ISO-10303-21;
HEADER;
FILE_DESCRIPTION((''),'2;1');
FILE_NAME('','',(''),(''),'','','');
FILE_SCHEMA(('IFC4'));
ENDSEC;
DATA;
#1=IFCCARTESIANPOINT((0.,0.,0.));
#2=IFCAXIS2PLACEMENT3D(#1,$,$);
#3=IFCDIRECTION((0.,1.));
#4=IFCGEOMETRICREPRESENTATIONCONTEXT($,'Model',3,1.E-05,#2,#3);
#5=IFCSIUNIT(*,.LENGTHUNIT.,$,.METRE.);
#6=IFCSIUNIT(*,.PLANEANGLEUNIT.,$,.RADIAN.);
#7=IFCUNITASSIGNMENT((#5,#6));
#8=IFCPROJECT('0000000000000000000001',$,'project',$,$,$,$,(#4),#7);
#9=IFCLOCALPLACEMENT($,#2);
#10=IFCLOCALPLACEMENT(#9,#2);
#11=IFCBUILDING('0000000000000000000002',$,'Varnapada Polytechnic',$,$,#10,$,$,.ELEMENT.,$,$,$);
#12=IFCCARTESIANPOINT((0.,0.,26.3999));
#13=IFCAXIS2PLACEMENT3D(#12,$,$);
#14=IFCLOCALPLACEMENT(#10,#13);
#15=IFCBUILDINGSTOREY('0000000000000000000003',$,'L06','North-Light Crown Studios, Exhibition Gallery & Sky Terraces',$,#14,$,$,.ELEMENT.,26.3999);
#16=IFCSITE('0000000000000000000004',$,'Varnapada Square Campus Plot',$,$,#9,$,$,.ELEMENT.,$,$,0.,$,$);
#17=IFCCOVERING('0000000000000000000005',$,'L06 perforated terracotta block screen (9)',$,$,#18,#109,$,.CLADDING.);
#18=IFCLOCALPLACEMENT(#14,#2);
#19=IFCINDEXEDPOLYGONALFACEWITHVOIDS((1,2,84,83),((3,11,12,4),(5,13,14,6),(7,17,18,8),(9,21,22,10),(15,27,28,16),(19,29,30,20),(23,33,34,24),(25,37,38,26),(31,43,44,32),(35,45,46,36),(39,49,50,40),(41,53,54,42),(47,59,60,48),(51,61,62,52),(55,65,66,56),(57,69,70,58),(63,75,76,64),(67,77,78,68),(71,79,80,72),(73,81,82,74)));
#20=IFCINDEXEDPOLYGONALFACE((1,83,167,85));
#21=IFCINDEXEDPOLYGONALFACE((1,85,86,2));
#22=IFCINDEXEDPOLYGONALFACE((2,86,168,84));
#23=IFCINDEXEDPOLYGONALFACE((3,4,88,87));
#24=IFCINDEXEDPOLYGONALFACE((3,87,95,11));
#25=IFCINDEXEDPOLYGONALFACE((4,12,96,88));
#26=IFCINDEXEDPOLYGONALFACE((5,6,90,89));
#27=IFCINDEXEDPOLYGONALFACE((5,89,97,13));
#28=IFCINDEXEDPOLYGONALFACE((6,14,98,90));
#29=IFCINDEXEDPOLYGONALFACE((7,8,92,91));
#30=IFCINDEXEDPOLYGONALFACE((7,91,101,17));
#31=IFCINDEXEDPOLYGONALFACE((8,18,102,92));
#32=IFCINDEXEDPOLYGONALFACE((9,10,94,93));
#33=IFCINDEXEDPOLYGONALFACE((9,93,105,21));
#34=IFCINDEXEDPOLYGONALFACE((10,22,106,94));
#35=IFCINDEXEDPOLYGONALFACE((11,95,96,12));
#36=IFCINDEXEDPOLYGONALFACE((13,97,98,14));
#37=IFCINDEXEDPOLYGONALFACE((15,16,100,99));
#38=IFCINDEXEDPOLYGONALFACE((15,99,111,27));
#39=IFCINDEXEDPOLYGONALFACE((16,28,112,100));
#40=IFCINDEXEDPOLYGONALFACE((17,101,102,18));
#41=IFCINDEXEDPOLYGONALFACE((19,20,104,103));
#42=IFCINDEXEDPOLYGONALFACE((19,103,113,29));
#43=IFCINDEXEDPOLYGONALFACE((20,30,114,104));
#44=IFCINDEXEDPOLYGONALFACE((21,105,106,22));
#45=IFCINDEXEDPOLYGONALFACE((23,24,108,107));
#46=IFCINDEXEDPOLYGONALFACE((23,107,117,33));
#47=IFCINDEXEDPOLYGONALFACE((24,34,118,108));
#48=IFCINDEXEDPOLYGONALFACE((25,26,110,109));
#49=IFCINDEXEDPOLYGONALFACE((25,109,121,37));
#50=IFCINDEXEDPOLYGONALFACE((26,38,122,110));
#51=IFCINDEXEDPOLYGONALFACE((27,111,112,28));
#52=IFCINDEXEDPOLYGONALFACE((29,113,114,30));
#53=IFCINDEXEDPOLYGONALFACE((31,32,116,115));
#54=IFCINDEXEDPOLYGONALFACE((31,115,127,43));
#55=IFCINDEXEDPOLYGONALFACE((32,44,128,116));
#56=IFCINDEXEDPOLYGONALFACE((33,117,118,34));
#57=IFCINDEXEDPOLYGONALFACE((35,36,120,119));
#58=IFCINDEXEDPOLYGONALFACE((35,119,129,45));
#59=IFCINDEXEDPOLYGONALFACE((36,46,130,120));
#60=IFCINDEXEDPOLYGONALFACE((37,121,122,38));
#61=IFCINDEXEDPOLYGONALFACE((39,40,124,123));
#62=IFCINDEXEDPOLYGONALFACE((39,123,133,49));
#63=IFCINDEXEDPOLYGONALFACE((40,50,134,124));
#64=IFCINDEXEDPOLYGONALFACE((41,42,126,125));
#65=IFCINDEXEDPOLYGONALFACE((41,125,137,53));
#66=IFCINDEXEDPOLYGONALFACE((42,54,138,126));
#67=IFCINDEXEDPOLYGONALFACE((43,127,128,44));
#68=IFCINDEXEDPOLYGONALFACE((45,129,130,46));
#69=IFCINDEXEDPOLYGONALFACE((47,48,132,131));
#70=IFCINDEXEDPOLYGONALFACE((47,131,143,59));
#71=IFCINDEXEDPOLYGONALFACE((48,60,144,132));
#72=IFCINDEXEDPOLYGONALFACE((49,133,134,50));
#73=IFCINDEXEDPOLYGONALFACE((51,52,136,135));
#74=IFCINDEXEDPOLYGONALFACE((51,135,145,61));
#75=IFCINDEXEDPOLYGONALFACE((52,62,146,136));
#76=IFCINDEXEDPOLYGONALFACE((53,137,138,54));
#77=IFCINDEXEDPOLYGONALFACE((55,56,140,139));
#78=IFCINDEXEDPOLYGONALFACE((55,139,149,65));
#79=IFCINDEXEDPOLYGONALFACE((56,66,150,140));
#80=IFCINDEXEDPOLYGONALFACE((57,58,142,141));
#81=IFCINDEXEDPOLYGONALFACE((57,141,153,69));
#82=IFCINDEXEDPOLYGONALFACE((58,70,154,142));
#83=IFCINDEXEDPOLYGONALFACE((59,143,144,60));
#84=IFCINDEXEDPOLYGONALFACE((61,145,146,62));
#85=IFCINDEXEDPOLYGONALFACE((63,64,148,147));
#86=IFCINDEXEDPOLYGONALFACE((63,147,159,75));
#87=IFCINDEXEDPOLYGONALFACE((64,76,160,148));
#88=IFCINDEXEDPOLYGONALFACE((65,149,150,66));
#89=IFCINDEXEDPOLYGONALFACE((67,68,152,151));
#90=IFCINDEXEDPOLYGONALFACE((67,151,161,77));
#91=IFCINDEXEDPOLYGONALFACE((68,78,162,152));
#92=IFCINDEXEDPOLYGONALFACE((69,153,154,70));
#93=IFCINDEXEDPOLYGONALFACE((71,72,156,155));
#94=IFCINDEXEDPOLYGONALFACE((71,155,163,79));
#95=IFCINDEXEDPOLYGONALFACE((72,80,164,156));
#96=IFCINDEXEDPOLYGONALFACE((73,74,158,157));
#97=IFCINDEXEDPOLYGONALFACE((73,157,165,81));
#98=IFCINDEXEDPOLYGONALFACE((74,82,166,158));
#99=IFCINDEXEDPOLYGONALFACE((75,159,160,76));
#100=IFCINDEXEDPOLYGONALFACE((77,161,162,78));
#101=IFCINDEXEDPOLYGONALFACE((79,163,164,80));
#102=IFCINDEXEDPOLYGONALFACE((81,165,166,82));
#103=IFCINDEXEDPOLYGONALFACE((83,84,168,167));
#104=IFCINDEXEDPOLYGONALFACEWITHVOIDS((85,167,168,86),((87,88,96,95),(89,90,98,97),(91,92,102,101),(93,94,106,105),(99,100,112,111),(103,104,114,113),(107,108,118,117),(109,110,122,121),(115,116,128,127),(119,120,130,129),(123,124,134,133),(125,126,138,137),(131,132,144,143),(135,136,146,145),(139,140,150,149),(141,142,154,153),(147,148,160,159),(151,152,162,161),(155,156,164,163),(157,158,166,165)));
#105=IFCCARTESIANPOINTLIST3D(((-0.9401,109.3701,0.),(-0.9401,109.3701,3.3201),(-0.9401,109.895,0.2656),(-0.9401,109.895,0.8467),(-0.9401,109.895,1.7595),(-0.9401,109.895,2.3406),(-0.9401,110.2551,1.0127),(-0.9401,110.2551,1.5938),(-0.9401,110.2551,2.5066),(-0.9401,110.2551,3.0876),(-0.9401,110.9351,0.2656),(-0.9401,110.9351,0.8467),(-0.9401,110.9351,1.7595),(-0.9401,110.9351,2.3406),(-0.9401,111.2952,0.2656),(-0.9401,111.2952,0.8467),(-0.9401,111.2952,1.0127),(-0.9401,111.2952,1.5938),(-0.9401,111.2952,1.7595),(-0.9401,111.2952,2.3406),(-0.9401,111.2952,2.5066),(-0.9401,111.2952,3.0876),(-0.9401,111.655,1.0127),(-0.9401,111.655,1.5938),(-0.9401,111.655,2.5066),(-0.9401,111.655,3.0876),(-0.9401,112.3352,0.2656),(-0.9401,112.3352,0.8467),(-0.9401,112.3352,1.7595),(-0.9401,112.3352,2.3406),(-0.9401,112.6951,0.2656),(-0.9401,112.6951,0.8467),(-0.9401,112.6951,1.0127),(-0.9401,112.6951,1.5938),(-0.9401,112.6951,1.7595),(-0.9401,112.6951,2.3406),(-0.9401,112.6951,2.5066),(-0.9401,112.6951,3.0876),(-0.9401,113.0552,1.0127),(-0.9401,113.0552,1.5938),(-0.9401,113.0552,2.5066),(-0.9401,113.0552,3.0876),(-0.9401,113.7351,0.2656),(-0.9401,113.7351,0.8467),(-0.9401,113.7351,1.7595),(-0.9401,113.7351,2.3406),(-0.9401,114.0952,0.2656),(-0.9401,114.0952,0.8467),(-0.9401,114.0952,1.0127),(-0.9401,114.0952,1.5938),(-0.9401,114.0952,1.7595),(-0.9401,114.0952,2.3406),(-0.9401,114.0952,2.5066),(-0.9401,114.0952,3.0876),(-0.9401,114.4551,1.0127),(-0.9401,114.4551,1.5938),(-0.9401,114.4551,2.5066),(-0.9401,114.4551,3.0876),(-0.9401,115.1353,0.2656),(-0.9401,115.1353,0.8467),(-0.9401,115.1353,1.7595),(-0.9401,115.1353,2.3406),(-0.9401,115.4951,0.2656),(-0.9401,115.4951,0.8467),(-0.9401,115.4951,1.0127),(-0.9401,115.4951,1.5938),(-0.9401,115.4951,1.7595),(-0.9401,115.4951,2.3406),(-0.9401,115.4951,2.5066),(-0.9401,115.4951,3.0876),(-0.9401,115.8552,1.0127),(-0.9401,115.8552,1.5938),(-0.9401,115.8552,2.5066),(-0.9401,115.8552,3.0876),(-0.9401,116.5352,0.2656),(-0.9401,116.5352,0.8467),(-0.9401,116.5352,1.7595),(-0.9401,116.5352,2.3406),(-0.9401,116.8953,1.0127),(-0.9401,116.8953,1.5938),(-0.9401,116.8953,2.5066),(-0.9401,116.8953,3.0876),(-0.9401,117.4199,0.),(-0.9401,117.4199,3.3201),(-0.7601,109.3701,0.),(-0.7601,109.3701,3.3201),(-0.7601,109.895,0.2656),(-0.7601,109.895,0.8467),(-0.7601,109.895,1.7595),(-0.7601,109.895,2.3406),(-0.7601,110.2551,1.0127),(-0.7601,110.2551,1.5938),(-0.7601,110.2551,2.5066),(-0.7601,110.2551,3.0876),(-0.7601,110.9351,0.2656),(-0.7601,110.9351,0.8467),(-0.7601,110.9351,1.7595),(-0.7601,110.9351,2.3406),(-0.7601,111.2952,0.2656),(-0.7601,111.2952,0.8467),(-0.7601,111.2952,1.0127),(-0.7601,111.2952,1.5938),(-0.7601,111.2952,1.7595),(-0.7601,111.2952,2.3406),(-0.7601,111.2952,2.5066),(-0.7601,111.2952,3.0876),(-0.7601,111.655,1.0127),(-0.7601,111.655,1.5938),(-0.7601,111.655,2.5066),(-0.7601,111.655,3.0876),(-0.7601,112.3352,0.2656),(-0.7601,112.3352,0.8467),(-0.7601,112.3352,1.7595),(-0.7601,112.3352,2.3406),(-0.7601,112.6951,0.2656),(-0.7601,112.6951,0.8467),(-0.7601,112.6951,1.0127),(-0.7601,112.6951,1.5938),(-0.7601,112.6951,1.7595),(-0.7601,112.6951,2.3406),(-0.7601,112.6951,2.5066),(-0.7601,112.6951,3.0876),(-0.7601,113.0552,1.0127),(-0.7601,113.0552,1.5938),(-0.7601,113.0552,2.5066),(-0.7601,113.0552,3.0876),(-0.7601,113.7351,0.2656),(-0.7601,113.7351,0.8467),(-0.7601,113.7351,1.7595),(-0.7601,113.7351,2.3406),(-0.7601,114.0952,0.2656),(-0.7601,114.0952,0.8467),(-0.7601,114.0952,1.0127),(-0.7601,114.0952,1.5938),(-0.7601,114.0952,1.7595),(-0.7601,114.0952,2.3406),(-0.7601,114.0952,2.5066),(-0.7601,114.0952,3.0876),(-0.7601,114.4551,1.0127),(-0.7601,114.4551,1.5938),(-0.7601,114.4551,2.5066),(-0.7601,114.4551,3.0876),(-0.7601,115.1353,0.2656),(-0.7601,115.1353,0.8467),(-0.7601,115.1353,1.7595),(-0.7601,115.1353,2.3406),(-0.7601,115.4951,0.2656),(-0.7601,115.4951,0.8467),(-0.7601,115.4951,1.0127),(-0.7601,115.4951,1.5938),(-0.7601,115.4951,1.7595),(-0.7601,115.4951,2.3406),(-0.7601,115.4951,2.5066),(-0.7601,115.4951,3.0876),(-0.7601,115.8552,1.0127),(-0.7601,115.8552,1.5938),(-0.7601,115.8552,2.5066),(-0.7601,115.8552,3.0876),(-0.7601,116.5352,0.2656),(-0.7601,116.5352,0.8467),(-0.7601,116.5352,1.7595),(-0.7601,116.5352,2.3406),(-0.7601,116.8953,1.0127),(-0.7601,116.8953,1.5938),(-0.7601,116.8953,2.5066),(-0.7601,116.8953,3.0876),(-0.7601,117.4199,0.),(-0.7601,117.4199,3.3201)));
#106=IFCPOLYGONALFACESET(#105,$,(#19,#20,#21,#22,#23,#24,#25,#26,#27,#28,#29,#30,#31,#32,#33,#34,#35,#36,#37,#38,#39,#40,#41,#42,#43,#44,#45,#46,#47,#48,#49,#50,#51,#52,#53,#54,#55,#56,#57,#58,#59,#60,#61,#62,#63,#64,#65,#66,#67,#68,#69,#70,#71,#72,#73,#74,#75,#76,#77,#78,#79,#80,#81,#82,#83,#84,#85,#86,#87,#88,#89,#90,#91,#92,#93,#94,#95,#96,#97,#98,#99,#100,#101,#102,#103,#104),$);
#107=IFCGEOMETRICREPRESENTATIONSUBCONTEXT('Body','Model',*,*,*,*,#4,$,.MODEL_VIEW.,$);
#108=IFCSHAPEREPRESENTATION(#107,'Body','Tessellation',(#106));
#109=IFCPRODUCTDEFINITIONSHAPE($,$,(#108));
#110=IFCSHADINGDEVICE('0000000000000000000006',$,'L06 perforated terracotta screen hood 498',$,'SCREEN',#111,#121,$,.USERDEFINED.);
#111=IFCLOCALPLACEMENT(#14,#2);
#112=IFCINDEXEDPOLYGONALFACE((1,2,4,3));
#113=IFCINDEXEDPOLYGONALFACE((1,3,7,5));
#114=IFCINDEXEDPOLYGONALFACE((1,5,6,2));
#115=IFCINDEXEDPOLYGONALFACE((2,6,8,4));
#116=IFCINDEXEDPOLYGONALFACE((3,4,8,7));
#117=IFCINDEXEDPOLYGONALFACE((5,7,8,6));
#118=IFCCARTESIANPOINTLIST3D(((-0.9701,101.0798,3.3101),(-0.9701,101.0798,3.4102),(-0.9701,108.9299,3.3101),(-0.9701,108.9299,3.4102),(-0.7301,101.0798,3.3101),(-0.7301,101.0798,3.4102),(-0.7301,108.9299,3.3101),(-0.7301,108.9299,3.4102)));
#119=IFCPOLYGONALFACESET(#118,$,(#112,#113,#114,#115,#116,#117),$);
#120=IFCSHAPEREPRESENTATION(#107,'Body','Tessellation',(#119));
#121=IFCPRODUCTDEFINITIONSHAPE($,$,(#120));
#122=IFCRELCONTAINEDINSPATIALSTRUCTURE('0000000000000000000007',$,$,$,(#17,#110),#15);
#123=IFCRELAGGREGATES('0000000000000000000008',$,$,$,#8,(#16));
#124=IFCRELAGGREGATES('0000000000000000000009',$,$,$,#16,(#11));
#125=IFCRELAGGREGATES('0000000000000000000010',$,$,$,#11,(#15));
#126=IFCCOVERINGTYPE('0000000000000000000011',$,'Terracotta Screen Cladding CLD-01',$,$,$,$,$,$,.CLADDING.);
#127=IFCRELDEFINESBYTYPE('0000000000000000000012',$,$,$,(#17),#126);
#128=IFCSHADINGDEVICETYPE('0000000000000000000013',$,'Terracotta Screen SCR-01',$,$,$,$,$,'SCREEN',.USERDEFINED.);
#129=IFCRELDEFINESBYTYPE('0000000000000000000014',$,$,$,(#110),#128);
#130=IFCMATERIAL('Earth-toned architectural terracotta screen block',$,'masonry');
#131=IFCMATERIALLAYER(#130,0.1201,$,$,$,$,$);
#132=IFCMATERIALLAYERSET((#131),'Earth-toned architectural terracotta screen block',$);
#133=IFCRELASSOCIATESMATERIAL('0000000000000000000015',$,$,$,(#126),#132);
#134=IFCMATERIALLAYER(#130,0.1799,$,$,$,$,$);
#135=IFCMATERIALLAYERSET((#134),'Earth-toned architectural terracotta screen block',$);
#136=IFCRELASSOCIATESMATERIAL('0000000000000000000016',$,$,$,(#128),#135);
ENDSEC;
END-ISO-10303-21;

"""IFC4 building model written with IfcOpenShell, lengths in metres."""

from ifc_helpers import new_model, si_unit, direction, frame, frame_2d, origin, origin_2d, place, context, subcontext, project, spatial, rectangle, extrude, material, layer, layer_set, type_object, element, save


model = new_model("IFC4")

# Units and contexts
model_context = context("Model", 3, precision=1e-05, world=origin(), true_north=direction((0.0, 1.0)))
body_context = subcontext(model_context, "Body", "Model", "MODEL_VIEW")
ifc_project = project(units=[si_unit("LENGTHUNIT", "METRE"), si_unit("PLANEANGLEUNIT", "RADIAN")], contexts=[model_context])

# Site, building, storey
site_placement = place(None, origin())
site = spatial("IfcSite", under=ifc_project, at=site_placement, Name="Varnapada Square Campus Plot", CompositionType="ELEMENT", RefElevation=0.0)
building_placement = place(site_placement, origin())
building = spatial("IfcBuilding", under=site, at=building_placement, Name="Varnapada Polytechnic", CompositionType="ELEMENT")
storey_placement = place(building_placement, frame((0.0, 0.0, 26.3999)))
storey = spatial("IfcBuildingStorey", under=building, at=storey_placement, Name="L06", Description="North-Light Crown Studios, Exhibition Gallery & Sky Terraces", CompositionType="ELEMENT", Elevation=26.3999)

# Covering, openings
ifc_material_1 = material(Name="Earth-toned architectural terracotta screen block", Category="masonry")
ifc_layer_1 = layer(ifc_material_1, 0.1201)
ifc_layer_set_1 = layer_set([ifc_layer_1], Name="Earth-toned architectural terracotta screen block")
covering_type = type_object("IfcCoveringType", Name="Terracotta Screen Cladding CLD-01", PredefinedType="CLADDING", material=ifc_layer_set_1)
covering_placement = place(storey_placement, frame((-0.8501, 109.3701, 0.0), z_axis=(0.0, 0.0, 1.0), x_axis=(0.0, 1.0, 0.0)))
covering = element("IfcCovering", 1, at=covering_placement, inside=storey, type_object=covering_type, Name="L06 perforated terracotta block screen (9)", PredefinedType="CLADDING", context=body_context, shape_type="SweptSolid", body=[
    extrude(rectangle(XDim=8.0498, YDim=0.1799, at=frame_2d((4.0249, 0.0))), origin(), (0.0, 0.0, 1.0), 3.3201),
])
opening_1_placement = place(covering_placement, frame((0.5249, 0.0, 0.2656)))
element("IfcOpeningElement", 2, at=opening_1_placement, cuts=covering, PredefinedType="OPENING", context=body_context, shape_type="SweptSolid", body=[
    extrude(rectangle(XDim=1.04, YDim=0.5811, at=frame_2d((0.52, 0.2905))), frame((0.0, 0.0999, 0.0), z_axis=(0.0, -1.0, 0.0), x_axis=(1.0, 0.0, 0.0)), (0.0, 0.0, 1.0), 0.2),
])
opening_2_placement = place(covering_placement, frame((1.925, 0.0, 0.2656)))
element("IfcOpeningElement", 3, at=opening_2_placement, cuts=covering, PredefinedType="OPENING", context=body_context, shape_type="SweptSolid", body=[
    extrude(rectangle(XDim=1.04, YDim=0.5811, at=frame_2d((0.52, 0.2905))), frame((0.0, 0.0999, 0.0), z_axis=(0.0, -1.0, 0.0), x_axis=(1.0, 0.0, 0.0)), (0.0, 0.0, 1.0), 0.2),
])
opening_3_placement = place(covering_placement, frame((3.325, 0.0, 0.2656)))
element("IfcOpeningElement", 4, at=opening_3_placement, cuts=covering, PredefinedType="OPENING", context=body_context, shape_type="SweptSolid", body=[
    extrude(rectangle(XDim=1.04, YDim=0.5811, at=frame_2d((0.52, 0.2905))), frame((0.0, 0.0999, 0.0), z_axis=(0.0, -1.0, 0.0), x_axis=(1.0, 0.0, 0.0)), (0.0, 0.0, 1.0), 0.2),
])
opening_4_placement = place(covering_placement, frame((4.7251, 0.0, 0.2656)))
element("IfcOpeningElement", 5, at=opening_4_placement, cuts=covering, PredefinedType="OPENING", context=body_context, shape_type="SweptSolid", body=[
    extrude(rectangle(XDim=1.04, YDim=0.5811, at=frame_2d((0.52, 0.2905))), frame((0.0, 0.0999, 0.0), z_axis=(0.0, -1.0, 0.0), x_axis=(1.0, 0.0, 0.0)), (0.0, 0.0, 1.0), 0.2),
])
opening_5_placement = place(covering_placement, frame((6.125, 0.0, 0.2656)))
element("IfcOpeningElement", 6, at=opening_5_placement, cuts=covering, PredefinedType="OPENING", context=body_context, shape_type="SweptSolid", body=[
    extrude(rectangle(XDim=1.04, YDim=0.5811, at=frame_2d((0.52, 0.2905))), frame((0.0, 0.0999, 0.0), z_axis=(0.0, -1.0, 0.0), x_axis=(1.0, 0.0, 0.0)), (0.0, 0.0, 1.0), 0.2),
])
opening_6_placement = place(covering_placement, frame((0.885, 0.0, 1.0127)))
element("IfcOpeningElement", 7, at=opening_6_placement, cuts=covering, PredefinedType="OPENING", context=body_context, shape_type="SweptSolid", body=[
    extrude(rectangle(XDim=1.04, YDim=0.5811, at=frame_2d((0.52, 0.2905))), frame((0.0, 0.0999, 0.0), z_axis=(0.0, -1.0, 0.0), x_axis=(1.0, 0.0, 0.0)), (0.0, 0.0, 1.0), 0.2),
])
opening_7_placement = place(covering_placement, frame((2.2849, 0.0, 1.0127)))
element("IfcOpeningElement", 8, at=opening_7_placement, cuts=covering, PredefinedType="OPENING", context=body_context, shape_type="SweptSolid", body=[
    extrude(rectangle(XDim=1.04, YDim=0.5811, at=frame_2d((0.52, 0.2905))), frame((0.0, 0.0999, 0.0), z_axis=(0.0, -1.0, 0.0), x_axis=(1.0, 0.0, 0.0)), (0.0, 0.0, 1.0), 0.2),
])
opening_8_placement = place(covering_placement, frame((3.6851, 0.0, 1.0127)))
element("IfcOpeningElement", 9, at=opening_8_placement, cuts=covering, PredefinedType="OPENING", context=body_context, shape_type="SweptSolid", body=[
    extrude(rectangle(XDim=1.04, YDim=0.5811, at=frame_2d((0.52, 0.2905))), frame((0.0, 0.0999, 0.0), z_axis=(0.0, -1.0, 0.0), x_axis=(1.0, 0.0, 0.0)), (0.0, 0.0, 1.0), 0.2),
])
opening_9_placement = place(covering_placement, frame((5.085, 0.0, 1.0127)))
element("IfcOpeningElement", 10, at=opening_9_placement, cuts=covering, PredefinedType="OPENING", context=body_context, shape_type="SweptSolid", body=[
    extrude(rectangle(XDim=1.04, YDim=0.5811, at=frame_2d((0.52, 0.2905))), frame((0.0, 0.0999, 0.0), z_axis=(0.0, -1.0, 0.0), x_axis=(1.0, 0.0, 0.0)), (0.0, 0.0, 1.0), 0.2),
])
opening_10_placement = place(covering_placement, frame((6.4851, 0.0, 1.0127)))
element("IfcOpeningElement", 11, at=opening_10_placement, cuts=covering, PredefinedType="OPENING", context=body_context, shape_type="SweptSolid", body=[
    extrude(rectangle(XDim=1.04, YDim=0.5811, at=frame_2d((0.52, 0.2905))), frame((0.0, 0.0999, 0.0), z_axis=(0.0, -1.0, 0.0), x_axis=(1.0, 0.0, 0.0)), (0.0, 0.0, 1.0), 0.2),
])
opening_11_placement = place(covering_placement, frame((0.5249, 0.0, 1.7595)))
element("IfcOpeningElement", 12, at=opening_11_placement, cuts=covering, PredefinedType="OPENING", context=body_context, shape_type="SweptSolid", body=[
    extrude(rectangle(XDim=1.04, YDim=0.5811, at=frame_2d((0.52, 0.2905))), frame((0.0, 0.0999, 0.0), z_axis=(0.0, -1.0, 0.0), x_axis=(1.0, 0.0, 0.0)), (0.0, 0.0, 1.0), 0.2),
])
opening_12_placement = place(covering_placement, frame((1.925, 0.0, 1.7595)))
element("IfcOpeningElement", 13, at=opening_12_placement, cuts=covering, PredefinedType="OPENING", context=body_context, shape_type="SweptSolid", body=[
    extrude(rectangle(XDim=1.04, YDim=0.5811, at=frame_2d((0.52, 0.2905))), frame((0.0, 0.0999, 0.0), z_axis=(0.0, -1.0, 0.0), x_axis=(1.0, 0.0, 0.0)), (0.0, 0.0, 1.0), 0.2),
])
opening_13_placement = place(covering_placement, frame((3.325, 0.0, 1.7595)))
element("IfcOpeningElement", 14, at=opening_13_placement, cuts=covering, PredefinedType="OPENING", context=body_context, shape_type="SweptSolid", body=[
    extrude(rectangle(XDim=1.04, YDim=0.5811, at=frame_2d((0.52, 0.2905))), frame((0.0, 0.0999, 0.0), z_axis=(0.0, -1.0, 0.0), x_axis=(1.0, 0.0, 0.0)), (0.0, 0.0, 1.0), 0.2),
])
opening_14_placement = place(covering_placement, frame((4.7251, 0.0, 1.7595)))
element("IfcOpeningElement", 15, at=opening_14_placement, cuts=covering, PredefinedType="OPENING", context=body_context, shape_type="SweptSolid", body=[
    extrude(rectangle(XDim=1.04, YDim=0.5811, at=frame_2d((0.52, 0.2905))), frame((0.0, 0.0999, 0.0), z_axis=(0.0, -1.0, 0.0), x_axis=(1.0, 0.0, 0.0)), (0.0, 0.0, 1.0), 0.2),
])
opening_15_placement = place(covering_placement, frame((6.125, 0.0, 1.7595)))
element("IfcOpeningElement", 16, at=opening_15_placement, cuts=covering, PredefinedType="OPENING", context=body_context, shape_type="SweptSolid", body=[
    extrude(rectangle(XDim=1.04, YDim=0.5811, at=frame_2d((0.52, 0.2905))), frame((0.0, 0.0999, 0.0), z_axis=(0.0, -1.0, 0.0), x_axis=(1.0, 0.0, 0.0)), (0.0, 0.0, 1.0), 0.2),
])
opening_16_placement = place(covering_placement, frame((0.885, 0.0, 2.5066)))
element("IfcOpeningElement", 17, at=opening_16_placement, cuts=covering, PredefinedType="OPENING", context=body_context, shape_type="SweptSolid", body=[
    extrude(rectangle(XDim=1.04, YDim=0.5811, at=frame_2d((0.52, 0.2905))), frame((0.0, 0.0999, 0.0), z_axis=(0.0, -1.0, 0.0), x_axis=(1.0, 0.0, 0.0)), (0.0, 0.0, 1.0), 0.2),
])
opening_17_placement = place(covering_placement, frame((2.2849, 0.0, 2.5066)))
element("IfcOpeningElement", 18, at=opening_17_placement, cuts=covering, PredefinedType="OPENING", context=body_context, shape_type="SweptSolid", body=[
    extrude(rectangle(XDim=1.04, YDim=0.5811, at=frame_2d((0.52, 0.2905))), frame((0.0, 0.0999, 0.0), z_axis=(0.0, -1.0, 0.0), x_axis=(1.0, 0.0, 0.0)), (0.0, 0.0, 1.0), 0.2),
])
opening_18_placement = place(covering_placement, frame((3.6851, 0.0, 2.5066)))
element("IfcOpeningElement", 19, at=opening_18_placement, cuts=covering, PredefinedType="OPENING", context=body_context, shape_type="SweptSolid", body=[
    extrude(rectangle(XDim=1.04, YDim=0.5811, at=frame_2d((0.52, 0.2905))), frame((0.0, 0.0999, 0.0), z_axis=(0.0, -1.0, 0.0), x_axis=(1.0, 0.0, 0.0)), (0.0, 0.0, 1.0), 0.2),
])
opening_19_placement = place(covering_placement, frame((5.085, 0.0, 2.5066)))
element("IfcOpeningElement", 20, at=opening_19_placement, cuts=covering, PredefinedType="OPENING", context=body_context, shape_type="SweptSolid", body=[
    extrude(rectangle(XDim=1.04, YDim=0.5811, at=frame_2d((0.52, 0.2905))), frame((0.0, 0.0999, 0.0), z_axis=(0.0, -1.0, 0.0), x_axis=(1.0, 0.0, 0.0)), (0.0, 0.0, 1.0), 0.2),
])
opening_20_placement = place(covering_placement, frame((6.4851, 0.0, 2.5066)))
element("IfcOpeningElement", 21, at=opening_20_placement, cuts=covering, PredefinedType="OPENING", context=body_context, shape_type="SweptSolid", body=[
    extrude(rectangle(XDim=1.04, YDim=0.5811, at=frame_2d((0.52, 0.2905))), frame((0.0, 0.0999, 0.0), z_axis=(0.0, -1.0, 0.0), x_axis=(1.0, 0.0, 0.0)), (0.0, 0.0, 1.0), 0.2),
])

# Shading device
ifc_layer_2 = layer(ifc_material_1, 0.1799)
ifc_layer_set_2 = layer_set([ifc_layer_2], Name="Earth-toned architectural terracotta screen block")
shading_device_type = type_object("IfcShadingDeviceType", Name="Terracotta Screen SCR-01", ElementType="SCREEN", PredefinedType="USERDEFINED", material=ifc_layer_set_2)
for number, where, z_axis, x_axis, name in (
    (22, (-0.8501, 105.0049, 3.3101), (0.0, 0.0, 1.0), (0.0, 1.0, 0.0), "L06 perforated terracotta screen hood 498"),
):
    element("IfcShadingDevice", number, at=place(storey_placement, frame(where, z_axis=z_axis, x_axis=x_axis)), inside=storey, type_object=shading_device_type, Name=name, ObjectType="SCREEN", PredefinedType="USERDEFINED", context=body_context, shape_type="SweptSolid", body=[
        extrude(rectangle(XDim=7.8501, YDim=0.24, at=origin_2d()), origin(), (0.0, 0.0, 1.0), 0.1001),
    ])

save(model, "model.ifc")
